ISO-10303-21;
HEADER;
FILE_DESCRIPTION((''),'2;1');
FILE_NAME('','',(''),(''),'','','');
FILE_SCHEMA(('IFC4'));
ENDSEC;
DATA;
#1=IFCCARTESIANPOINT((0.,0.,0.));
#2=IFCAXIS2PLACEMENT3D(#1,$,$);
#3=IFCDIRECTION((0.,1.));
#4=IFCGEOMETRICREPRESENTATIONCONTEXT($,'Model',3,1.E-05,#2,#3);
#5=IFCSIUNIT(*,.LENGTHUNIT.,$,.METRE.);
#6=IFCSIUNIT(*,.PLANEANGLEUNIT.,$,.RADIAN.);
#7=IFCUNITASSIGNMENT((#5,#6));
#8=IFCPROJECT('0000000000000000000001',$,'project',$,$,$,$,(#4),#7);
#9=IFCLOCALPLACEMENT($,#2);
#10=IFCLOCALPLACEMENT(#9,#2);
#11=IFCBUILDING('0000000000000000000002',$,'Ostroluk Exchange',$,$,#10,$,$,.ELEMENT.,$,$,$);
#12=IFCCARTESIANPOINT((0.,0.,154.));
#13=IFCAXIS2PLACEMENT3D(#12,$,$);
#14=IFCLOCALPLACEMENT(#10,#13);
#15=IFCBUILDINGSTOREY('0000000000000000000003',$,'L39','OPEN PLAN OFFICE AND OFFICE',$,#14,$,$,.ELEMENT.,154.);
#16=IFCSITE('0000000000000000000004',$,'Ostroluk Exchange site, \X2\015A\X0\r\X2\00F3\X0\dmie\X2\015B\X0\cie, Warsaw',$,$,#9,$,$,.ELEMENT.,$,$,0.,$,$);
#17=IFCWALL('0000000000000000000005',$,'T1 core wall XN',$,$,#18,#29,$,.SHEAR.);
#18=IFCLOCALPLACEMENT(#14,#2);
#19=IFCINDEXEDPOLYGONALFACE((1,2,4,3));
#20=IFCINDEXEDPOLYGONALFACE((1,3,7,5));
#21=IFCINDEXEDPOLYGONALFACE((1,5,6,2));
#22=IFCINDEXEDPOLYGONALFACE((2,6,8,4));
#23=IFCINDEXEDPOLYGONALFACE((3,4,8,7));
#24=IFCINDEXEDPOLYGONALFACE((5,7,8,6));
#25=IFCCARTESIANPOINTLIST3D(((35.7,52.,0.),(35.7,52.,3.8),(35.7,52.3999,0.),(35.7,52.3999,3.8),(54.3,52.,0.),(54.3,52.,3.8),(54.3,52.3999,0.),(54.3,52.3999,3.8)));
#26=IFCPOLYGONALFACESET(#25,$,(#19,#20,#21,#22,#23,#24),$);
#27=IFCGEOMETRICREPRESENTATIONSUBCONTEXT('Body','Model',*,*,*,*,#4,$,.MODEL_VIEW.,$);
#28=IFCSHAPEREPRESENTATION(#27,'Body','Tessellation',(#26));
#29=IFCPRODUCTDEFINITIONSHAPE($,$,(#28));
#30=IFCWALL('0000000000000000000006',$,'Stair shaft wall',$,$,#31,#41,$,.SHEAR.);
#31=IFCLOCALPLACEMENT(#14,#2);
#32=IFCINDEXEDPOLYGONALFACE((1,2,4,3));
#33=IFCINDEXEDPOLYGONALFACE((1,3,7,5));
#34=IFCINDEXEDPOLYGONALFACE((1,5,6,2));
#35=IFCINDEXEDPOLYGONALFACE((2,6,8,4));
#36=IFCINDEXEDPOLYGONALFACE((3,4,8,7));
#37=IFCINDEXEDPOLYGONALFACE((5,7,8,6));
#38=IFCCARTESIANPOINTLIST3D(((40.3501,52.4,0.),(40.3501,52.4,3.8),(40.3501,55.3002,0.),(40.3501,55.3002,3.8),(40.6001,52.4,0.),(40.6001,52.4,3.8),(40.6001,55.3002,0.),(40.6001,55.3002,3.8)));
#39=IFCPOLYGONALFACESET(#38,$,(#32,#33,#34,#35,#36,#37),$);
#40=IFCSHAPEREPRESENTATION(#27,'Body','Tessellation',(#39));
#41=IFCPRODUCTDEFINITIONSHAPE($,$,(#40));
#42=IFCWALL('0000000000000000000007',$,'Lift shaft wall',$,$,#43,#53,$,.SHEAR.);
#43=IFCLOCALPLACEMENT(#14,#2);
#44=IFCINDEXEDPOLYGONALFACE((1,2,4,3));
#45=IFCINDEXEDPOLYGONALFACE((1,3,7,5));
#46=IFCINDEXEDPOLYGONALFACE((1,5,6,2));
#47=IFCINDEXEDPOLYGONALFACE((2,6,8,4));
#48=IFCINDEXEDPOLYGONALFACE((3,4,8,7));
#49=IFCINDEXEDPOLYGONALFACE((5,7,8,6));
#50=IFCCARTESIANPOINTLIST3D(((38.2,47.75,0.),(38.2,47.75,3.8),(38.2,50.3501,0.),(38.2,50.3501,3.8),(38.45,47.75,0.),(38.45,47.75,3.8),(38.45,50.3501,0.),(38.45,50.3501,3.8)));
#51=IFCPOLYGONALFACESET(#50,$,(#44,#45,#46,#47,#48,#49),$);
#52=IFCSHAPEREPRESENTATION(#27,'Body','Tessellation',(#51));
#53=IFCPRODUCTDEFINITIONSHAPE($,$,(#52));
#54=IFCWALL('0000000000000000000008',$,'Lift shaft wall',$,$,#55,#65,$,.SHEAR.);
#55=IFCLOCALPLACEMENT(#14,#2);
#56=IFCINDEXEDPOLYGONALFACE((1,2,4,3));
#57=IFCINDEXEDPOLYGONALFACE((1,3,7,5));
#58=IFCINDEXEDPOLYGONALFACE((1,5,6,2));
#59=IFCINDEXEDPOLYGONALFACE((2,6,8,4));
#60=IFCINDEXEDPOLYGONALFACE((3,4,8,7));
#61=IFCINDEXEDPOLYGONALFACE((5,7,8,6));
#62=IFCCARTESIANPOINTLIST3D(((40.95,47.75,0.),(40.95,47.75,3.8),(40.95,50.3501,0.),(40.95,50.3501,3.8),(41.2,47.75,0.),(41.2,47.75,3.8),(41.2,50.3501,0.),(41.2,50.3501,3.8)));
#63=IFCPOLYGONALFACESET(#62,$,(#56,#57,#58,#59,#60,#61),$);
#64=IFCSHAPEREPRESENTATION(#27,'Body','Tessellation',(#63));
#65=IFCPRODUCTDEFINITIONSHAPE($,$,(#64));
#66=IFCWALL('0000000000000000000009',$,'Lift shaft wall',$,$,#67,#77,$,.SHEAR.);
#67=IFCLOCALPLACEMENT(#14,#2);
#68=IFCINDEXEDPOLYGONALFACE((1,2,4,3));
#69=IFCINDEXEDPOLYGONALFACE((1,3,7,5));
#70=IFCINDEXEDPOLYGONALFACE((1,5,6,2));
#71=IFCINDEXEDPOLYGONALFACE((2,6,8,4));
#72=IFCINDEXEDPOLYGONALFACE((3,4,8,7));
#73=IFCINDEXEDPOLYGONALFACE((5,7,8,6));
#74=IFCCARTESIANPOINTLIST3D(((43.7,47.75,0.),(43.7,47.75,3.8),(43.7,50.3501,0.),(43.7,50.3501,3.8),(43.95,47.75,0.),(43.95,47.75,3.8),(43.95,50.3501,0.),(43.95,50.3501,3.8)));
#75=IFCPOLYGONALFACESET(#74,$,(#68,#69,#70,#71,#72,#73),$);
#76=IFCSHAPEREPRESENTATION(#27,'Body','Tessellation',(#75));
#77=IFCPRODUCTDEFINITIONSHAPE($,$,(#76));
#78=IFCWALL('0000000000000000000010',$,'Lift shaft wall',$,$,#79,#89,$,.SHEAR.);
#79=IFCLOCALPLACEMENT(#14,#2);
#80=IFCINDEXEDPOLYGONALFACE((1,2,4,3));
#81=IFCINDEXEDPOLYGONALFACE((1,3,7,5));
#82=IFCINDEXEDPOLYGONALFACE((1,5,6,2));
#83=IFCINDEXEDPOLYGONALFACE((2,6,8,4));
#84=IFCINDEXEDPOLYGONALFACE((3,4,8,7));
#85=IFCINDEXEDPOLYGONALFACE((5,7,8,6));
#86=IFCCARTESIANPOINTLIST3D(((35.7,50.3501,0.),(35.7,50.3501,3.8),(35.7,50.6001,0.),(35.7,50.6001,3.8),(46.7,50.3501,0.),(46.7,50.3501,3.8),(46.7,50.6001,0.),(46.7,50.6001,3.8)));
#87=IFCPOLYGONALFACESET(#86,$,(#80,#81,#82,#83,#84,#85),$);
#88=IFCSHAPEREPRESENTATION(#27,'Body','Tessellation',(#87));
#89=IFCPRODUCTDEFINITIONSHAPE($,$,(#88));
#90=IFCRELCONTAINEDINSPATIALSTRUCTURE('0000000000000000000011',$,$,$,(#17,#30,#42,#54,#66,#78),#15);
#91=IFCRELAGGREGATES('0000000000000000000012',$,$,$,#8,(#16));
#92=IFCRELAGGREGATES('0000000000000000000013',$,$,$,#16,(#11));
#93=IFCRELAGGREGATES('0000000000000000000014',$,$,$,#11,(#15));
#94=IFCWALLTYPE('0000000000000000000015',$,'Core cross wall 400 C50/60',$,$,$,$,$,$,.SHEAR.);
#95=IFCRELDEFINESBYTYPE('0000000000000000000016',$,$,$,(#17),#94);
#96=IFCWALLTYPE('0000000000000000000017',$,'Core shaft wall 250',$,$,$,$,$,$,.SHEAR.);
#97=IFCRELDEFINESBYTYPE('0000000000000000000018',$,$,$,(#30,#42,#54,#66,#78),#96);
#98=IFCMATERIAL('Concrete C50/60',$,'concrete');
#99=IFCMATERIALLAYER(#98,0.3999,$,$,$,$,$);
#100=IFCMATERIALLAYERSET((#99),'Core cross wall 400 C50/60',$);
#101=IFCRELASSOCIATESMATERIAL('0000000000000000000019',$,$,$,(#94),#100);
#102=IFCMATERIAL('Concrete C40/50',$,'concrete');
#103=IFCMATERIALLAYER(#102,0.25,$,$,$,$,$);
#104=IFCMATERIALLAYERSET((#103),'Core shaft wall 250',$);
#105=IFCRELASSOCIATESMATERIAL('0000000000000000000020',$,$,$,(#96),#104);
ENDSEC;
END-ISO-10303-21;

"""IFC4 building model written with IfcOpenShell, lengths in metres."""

from ifc_helpers import new_model, si_unit, direction, frame, frame_2d, origin, place, context, subcontext, project, spatial, rectangle, extrude, material, layer, layer_set, type_object, element, save


model = new_model("IFC4")

# Units and contexts
model_context = context("Model", 3, precision=1e-05, world=origin(), true_north=direction((0.0, 1.0)))
body_context = subcontext(model_context, "Body", "Model", "MODEL_VIEW")
ifc_project = project(units=[si_unit("LENGTHUNIT", "METRE"), si_unit("PLANEANGLEUNIT", "RADIAN")], contexts=[model_context])

# Site, building, storey
site_placement = place(None, origin())
site = spatial("IfcSite", under=ifc_project, at=site_placement, Name="Ostroluk Exchange site, Śródmieście, Warsaw", CompositionType="ELEMENT", RefElevation=0.0)
building_placement = place(site_placement, origin())
building = spatial("IfcBuilding", under=site, at=building_placement, Name="Ostroluk Exchange", CompositionType="ELEMENT")
storey_placement = place(building_placement, frame((0.0, 0.0, 154.0)))
storey = spatial("IfcBuildingStorey", under=building, at=storey_placement, Name="L39", Description="OPEN PLAN OFFICE AND OFFICE", CompositionType="ELEMENT", Elevation=154.0)

# Walls
ifc_material_1 = material(Name="Concrete C50/60", Category="concrete")
ifc_layer_1 = layer(ifc_material_1, 0.3999)
ifc_layer_set_1 = layer_set([ifc_layer_1], Name="Core cross wall 400 C50/60")
wall_type_1 = type_object("IfcWallType", Name="Core cross wall 400 C50/60", PredefinedType="SHEAR", material=ifc_layer_set_1)
wall_1_placement = place(storey_placement, frame((35.7, 52.2, 0.0), z_axis=(0.0, 0.0, 1.0), x_axis=(1.0, 0.0, 0.0)))
element("IfcWall", 1, at=wall_1_placement, inside=storey, type_object=wall_type_1, Name="T1 core wall XN", PredefinedType="SHEAR", context=body_context, shape_type="SweptSolid", body=[
    extrude(rectangle(XDim=18.6001, YDim=0.3999, at=frame_2d((9.3, 0.0))), origin(), (0.0, 0.0, 1.0), 3.8),
])
ifc_material_2 = material(Name="Concrete C40/50", Category="concrete")
ifc_layer_2 = layer(ifc_material_2, 0.25)
ifc_layer_set_2 = layer_set([ifc_layer_2], Name="Core shaft wall 250")
wall_type_2 = type_object("IfcWallType", Name="Core shaft wall 250", PredefinedType="SHEAR", material=ifc_layer_set_2)
wall_2_placement = place(storey_placement, frame((40.4751, 52.3999, 0.0), z_axis=(0.0, 0.0, 1.0), x_axis=(0.0, 1.0, 0.0)))
element("IfcWall", 2, at=wall_2_placement, inside=storey, type_object=wall_type_2, Name="Stair shaft wall", PredefinedType="SHEAR", context=body_context, shape_type="SweptSolid", body=[
    extrude(rectangle(XDim=2.9001, YDim=0.25, at=frame_2d((1.4502, 0.0))), origin(), (0.0, 0.0, 1.0), 3.8),
])
for number, where, z_axis, x_axis, name in (
    (3, (38.325, 47.75, 0.0), (0.0, 0.0, 1.0), (0.0, 1.0, 0.0), "Lift shaft wall"),
    (4, (41.075, 47.75, 0.0), (0.0, 0.0, 1.0), (0.0, 1.0, 0.0), "Lift shaft wall"),
    (5, (43.825, 47.75, 0.0), (0.0, 0.0, 1.0), (0.0, 1.0, 0.0), "Lift shaft wall"),
):
    element("IfcWall", number, at=place(storey_placement, frame(where, z_axis=z_axis, x_axis=x_axis)), inside=storey, type_object=wall_type_2, Name=name, PredefinedType="SHEAR", context=body_context, shape_type="SweptSolid", body=[
        extrude(rectangle(XDim=2.6001, YDim=0.25, at=frame_2d((1.3, 0.0))), origin(), (0.0, 0.0, 1.0), 3.8),
    ])
wall_3_placement = place(storey_placement, frame((35.7, 50.4751, 0.0), z_axis=(0.0, 0.0, 1.0), x_axis=(1.0, 0.0, 0.0)))
element("IfcWall", 6, at=wall_3_placement, inside=storey, type_object=wall_type_2, Name="Lift shaft wall", PredefinedType="SHEAR", context=body_context, shape_type="SweptSolid", body=[
    extrude(rectangle(XDim=11.0, YDim=0.25, at=frame_2d((5.5, 0.0))), origin(), (0.0, 0.0, 1.0), 3.8),
])

save(model, "model.ifc")
